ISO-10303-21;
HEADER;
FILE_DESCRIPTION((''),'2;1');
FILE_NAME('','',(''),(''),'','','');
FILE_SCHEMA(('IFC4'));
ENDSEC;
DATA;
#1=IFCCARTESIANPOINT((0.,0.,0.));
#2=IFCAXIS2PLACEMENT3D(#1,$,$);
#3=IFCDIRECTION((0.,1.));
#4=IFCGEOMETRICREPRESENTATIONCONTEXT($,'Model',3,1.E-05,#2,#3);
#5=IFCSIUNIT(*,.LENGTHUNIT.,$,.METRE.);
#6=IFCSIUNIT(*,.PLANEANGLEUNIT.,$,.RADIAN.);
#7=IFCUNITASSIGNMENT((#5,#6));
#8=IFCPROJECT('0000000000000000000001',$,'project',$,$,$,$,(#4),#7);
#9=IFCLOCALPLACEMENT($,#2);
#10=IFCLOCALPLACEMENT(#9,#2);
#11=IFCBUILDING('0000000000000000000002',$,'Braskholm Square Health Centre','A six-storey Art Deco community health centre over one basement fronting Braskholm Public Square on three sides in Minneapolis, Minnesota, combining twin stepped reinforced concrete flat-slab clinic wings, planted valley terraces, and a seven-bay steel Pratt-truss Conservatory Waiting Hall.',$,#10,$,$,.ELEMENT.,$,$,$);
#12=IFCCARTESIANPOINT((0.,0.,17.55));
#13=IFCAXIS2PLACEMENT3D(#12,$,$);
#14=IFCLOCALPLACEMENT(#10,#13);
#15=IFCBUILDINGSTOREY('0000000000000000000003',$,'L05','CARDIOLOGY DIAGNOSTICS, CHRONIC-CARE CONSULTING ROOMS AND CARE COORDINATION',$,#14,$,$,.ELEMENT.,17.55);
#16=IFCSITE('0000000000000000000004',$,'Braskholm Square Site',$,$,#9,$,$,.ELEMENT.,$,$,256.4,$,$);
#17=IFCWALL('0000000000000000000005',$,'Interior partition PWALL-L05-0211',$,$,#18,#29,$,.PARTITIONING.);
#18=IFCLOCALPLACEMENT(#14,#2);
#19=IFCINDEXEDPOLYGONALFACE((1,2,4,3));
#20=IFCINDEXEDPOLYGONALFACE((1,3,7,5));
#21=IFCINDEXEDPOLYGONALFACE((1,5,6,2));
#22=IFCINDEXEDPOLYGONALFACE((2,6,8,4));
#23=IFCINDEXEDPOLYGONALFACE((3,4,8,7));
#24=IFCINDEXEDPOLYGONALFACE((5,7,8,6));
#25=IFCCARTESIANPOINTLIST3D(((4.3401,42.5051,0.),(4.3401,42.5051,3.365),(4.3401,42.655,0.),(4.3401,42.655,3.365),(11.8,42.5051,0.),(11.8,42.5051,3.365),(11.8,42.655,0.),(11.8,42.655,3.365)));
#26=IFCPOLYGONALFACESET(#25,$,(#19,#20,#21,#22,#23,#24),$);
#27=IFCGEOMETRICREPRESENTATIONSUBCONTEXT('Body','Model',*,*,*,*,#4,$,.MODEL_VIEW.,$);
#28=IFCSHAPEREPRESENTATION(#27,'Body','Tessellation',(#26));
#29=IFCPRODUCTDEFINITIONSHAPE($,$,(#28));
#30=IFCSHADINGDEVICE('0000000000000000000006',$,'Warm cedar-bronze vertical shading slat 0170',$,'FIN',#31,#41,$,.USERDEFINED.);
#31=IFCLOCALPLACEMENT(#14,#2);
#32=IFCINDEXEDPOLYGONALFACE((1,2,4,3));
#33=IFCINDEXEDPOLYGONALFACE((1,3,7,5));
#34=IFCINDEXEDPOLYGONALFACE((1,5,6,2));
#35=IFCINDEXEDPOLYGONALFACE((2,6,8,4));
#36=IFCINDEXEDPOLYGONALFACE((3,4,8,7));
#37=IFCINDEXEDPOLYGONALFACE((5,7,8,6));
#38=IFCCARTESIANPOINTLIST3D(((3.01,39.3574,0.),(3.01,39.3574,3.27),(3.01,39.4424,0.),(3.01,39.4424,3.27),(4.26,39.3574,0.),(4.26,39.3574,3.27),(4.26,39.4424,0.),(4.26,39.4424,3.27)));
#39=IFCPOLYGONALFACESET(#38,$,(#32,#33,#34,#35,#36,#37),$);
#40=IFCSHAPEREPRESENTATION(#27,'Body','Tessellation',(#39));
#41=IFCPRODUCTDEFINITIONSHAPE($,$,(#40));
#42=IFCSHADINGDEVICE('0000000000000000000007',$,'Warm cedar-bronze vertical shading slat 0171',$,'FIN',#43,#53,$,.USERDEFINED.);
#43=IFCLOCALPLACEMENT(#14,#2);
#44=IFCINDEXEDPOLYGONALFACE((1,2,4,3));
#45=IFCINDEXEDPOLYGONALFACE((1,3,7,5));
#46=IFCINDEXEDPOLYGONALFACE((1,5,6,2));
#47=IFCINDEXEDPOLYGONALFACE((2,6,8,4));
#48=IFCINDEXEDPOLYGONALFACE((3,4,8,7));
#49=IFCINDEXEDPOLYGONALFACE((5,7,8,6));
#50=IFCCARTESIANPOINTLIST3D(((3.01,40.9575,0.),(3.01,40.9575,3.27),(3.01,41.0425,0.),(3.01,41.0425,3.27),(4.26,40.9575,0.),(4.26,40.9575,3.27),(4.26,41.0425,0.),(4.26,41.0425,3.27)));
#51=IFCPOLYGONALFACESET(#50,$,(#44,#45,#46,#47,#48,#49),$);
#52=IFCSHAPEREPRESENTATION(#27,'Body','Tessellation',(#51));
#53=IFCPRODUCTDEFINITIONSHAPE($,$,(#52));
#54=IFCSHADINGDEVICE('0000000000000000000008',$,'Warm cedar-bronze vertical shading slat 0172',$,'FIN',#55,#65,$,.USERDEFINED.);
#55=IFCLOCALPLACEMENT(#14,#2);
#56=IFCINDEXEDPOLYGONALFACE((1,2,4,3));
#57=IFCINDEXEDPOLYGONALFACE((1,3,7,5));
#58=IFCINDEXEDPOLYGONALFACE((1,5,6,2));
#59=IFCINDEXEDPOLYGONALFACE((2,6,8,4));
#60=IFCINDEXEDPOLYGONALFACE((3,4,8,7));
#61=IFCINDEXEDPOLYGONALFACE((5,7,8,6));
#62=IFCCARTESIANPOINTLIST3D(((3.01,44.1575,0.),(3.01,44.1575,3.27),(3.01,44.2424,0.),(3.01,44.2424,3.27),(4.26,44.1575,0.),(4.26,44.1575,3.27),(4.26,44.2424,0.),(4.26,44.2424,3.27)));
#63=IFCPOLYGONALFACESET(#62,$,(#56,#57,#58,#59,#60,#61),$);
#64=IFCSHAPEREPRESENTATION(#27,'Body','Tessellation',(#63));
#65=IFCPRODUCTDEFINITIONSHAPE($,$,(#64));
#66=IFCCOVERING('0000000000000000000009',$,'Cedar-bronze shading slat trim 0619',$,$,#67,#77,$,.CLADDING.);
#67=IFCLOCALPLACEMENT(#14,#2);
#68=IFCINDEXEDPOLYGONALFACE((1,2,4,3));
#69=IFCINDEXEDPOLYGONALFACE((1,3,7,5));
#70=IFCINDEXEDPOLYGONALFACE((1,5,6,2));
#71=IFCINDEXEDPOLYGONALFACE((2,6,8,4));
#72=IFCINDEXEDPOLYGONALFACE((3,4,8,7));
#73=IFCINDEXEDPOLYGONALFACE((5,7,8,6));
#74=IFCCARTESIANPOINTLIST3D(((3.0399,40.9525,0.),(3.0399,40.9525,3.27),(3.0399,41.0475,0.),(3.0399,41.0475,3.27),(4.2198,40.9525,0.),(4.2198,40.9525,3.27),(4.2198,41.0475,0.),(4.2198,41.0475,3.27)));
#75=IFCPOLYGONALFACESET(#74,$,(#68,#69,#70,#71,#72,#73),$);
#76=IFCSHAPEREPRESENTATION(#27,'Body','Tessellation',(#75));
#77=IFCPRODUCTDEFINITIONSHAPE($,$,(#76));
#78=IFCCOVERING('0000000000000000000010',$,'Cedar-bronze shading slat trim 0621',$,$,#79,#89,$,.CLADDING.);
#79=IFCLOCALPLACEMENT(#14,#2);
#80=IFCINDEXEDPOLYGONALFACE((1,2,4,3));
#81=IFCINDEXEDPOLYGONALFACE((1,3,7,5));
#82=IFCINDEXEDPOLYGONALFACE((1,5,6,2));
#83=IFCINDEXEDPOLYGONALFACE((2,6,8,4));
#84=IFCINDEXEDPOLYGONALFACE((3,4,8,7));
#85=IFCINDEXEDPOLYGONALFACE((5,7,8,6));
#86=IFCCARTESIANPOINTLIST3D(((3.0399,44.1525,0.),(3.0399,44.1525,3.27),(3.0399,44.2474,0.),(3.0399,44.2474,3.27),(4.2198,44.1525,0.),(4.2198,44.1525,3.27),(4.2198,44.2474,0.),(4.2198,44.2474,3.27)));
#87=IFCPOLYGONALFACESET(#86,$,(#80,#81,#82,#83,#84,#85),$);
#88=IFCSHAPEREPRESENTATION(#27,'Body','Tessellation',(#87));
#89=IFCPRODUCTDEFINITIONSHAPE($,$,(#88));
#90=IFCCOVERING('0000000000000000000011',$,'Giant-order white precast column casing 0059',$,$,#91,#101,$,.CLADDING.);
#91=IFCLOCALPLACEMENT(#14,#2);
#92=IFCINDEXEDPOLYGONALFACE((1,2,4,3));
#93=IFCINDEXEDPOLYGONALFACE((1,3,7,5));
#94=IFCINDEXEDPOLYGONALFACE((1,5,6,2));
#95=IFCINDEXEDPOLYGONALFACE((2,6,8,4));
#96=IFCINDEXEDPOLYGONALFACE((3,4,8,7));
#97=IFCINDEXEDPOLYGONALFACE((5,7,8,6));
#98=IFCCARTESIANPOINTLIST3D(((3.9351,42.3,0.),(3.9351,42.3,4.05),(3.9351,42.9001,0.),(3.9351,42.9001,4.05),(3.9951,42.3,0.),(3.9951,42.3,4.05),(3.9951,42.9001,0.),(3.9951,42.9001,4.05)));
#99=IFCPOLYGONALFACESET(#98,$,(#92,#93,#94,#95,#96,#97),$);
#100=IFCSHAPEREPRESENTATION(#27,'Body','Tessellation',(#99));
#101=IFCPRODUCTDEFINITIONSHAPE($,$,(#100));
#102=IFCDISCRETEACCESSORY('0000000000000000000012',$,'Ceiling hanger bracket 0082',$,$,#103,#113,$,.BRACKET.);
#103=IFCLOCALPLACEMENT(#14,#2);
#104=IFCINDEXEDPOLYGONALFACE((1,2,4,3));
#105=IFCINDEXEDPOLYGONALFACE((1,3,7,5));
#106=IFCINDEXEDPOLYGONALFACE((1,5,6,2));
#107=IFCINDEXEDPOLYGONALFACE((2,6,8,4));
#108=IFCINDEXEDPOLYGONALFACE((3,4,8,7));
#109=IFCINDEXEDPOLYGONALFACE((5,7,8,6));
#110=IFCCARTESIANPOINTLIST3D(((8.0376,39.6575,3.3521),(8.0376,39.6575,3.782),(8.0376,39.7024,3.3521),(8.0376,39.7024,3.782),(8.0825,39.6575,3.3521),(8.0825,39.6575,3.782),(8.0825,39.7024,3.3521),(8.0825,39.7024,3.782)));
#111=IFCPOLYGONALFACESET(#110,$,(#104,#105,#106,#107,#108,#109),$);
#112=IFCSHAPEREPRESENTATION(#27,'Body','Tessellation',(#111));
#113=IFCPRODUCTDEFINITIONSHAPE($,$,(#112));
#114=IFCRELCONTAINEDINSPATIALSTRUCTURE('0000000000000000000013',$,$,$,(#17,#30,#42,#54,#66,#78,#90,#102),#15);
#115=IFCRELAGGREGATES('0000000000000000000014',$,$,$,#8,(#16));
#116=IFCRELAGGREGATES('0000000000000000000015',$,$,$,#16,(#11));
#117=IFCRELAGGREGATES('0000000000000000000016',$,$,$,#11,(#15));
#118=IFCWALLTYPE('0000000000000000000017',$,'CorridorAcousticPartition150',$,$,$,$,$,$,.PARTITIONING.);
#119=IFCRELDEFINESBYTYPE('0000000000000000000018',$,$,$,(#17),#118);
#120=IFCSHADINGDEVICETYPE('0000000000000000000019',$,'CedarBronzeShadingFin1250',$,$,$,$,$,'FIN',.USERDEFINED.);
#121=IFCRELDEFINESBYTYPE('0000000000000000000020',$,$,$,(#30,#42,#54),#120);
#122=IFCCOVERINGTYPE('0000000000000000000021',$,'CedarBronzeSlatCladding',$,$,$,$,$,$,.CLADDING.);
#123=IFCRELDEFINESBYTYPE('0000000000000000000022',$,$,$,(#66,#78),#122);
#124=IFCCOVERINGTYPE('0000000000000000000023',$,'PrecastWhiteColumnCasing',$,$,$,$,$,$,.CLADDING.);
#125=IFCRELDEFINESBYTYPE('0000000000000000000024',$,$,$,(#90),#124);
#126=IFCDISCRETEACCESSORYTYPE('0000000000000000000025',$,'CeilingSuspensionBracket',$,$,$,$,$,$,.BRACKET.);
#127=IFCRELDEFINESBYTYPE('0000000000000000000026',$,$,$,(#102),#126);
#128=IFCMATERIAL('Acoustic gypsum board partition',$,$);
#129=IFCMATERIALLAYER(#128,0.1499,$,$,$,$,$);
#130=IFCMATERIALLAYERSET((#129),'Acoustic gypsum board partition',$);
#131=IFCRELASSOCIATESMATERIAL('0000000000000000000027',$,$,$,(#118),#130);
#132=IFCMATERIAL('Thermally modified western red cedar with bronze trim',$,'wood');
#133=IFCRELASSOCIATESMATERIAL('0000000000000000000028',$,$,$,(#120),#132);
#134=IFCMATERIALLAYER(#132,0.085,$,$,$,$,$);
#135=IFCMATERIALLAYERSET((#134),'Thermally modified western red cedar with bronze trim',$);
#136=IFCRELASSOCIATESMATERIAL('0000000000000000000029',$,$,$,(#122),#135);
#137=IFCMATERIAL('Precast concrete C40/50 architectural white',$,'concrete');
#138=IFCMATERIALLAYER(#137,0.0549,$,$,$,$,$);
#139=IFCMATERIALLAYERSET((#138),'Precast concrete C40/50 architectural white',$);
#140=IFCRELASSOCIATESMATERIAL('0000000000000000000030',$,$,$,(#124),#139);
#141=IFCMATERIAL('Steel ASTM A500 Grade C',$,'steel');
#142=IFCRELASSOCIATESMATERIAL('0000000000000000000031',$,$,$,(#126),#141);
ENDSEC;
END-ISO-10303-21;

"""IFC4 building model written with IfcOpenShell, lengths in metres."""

from ifc_helpers import new_model, si_unit, direction, frame, frame_2d, origin, origin_2d, place, context, subcontext, project, spatial, rectangle, extrude, material, layer, layer_set, type_object, element, save


model = new_model("IFC4")

# Units and contexts
model_context = context("Model", 3, precision=1e-05, world=origin(), true_north=direction((0.0, 1.0)))
body_context = subcontext(model_context, "Body", "Model", "MODEL_VIEW")
ifc_project = project(units=[si_unit("LENGTHUNIT", "METRE"), si_unit("PLANEANGLEUNIT", "RADIAN")], contexts=[model_context])

# Site, building, storey
site_placement = place(None, origin())
site = spatial("IfcSite", under=ifc_project, at=site_placement, Name="Braskholm Square Site", CompositionType="ELEMENT", RefElevation=256.4)
building_placement = place(site_placement, origin())
building = spatial("IfcBuilding", under=site, at=building_placement, Name="Braskholm Square Health Centre", Description="A six-storey Art Deco community health centre over one basement fronting Braskholm Public Square on three sides in Minneapolis, Minnesota, combining twin stepped reinforced concrete flat-slab clinic wings, planted valley terraces, and a seven-bay steel Pratt-truss Conservatory Waiting Hall.", CompositionType="ELEMENT")
storey_placement = place(building_placement, frame((0.0, 0.0, 17.55)))
storey = spatial("IfcBuildingStorey", under=building, at=storey_placement, Name="L05", Description="CARDIOLOGY DIAGNOSTICS, CHRONIC-CARE CONSULTING ROOMS AND CARE COORDINATION", CompositionType="ELEMENT", Elevation=17.55)

# Shared definitions
ifc_material_1 = material(Name="Precast concrete C40/50 architectural white", Category="concrete")

# Wall
ifc_material_2 = material(Name="Acoustic gypsum board partition")
ifc_layer_1 = layer(ifc_material_2, 0.1499)
ifc_layer_set_1 = layer_set([ifc_layer_1], Name="Acoustic gypsum board partition")
wall_type = type_object("IfcWallType", Name="CorridorAcousticPartition150", PredefinedType="PARTITIONING", material=ifc_layer_set_1)
wall_placement = place(storey_placement, frame((4.3401, 42.5801, 0.0), z_axis=(0.0, 0.0, 1.0), x_axis=(1.0, 0.0, 0.0)))
element("IfcWall", 1, at=wall_placement, inside=storey, type_object=wall_type, Name="Interior partition PWALL-L05-0211", PredefinedType="PARTITIONING", context=body_context, shape_type="SweptSolid", body=[
    extrude(rectangle(XDim=7.46, YDim=0.1499, at=frame_2d((3.73, 0.0))), origin(), (0.0, 0.0, 1.0), 3.365),
])

# Shading devices
ifc_material_3 = material(Name="Thermally modified western red cedar with bronze trim", Category="wood")
shading_device_type = type_object("IfcShadingDeviceType", Name="CedarBronzeShadingFin1250", ElementType="FIN", PredefinedType="USERDEFINED", material=ifc_material_3)
for number, where, z_axis, x_axis, name in (
    (2, (3.635, 39.3999, 0.0), (0.0, 0.0, 1.0), (1.0, 0.0, 0.0), "Warm cedar-bronze vertical shading slat 0170"),
    (3, (3.635, 41.0, 0.0), (0.0, 0.0, 1.0), (1.0, 0.0, 0.0), "Warm cedar-bronze vertical shading slat 0171"),
    (4, (3.635, 44.2, 0.0), (0.0, 0.0, 1.0), (1.0, 0.0, 0.0), "Warm cedar-bronze vertical shading slat 0172"),
):
    element("IfcShadingDevice", number, at=place(storey_placement, frame(where, z_axis=z_axis, x_axis=x_axis)), inside=storey, type_object=shading_device_type, Name=name, ObjectType="FIN", PredefinedType="USERDEFINED", context=body_context, shape_type="SweptSolid", body=[
        extrude(rectangle(XDim=1.25, YDim=0.085, at=origin_2d()), origin(), (0.0, 0.0, 1.0), 3.27),
    ])

# Coverings
ifc_layer_2 = layer(ifc_material_3, 0.085)
ifc_layer_set_2 = layer_set([ifc_layer_2], Name="Thermally modified western red cedar with bronze trim")
covering_type_1 = type_object("IfcCoveringType", Name="CedarBronzeSlatCladding", PredefinedType="CLADDING", material=ifc_layer_set_2)
for number, where, z_axis, x_axis, name in (
    (5, (3.6299, 41.0, 0.0), (0.0, 0.0, 1.0), (1.0, 0.0, 0.0), "Cedar-bronze shading slat trim 0619"),
    (6, (3.6299, 44.2, 0.0), (0.0, 0.0, 1.0), (1.0, 0.0, 0.0), "Cedar-bronze shading slat trim 0621"),
):
    element("IfcCovering", number, at=place(storey_placement, frame(where, z_axis=z_axis, x_axis=x_axis)), inside=storey, type_object=covering_type_1, Name=name, PredefinedType="CLADDING", context=body_context, shape_type="SweptSolid", body=[
        extrude(rectangle(XDim=1.1799, YDim=0.095, at=origin_2d()), origin(), (0.0, 0.0, 1.0), 3.27),
    ])
ifc_layer_3 = layer(ifc_material_1, 0.0549)
ifc_layer_set_3 = layer_set([ifc_layer_3], Name="Precast concrete C40/50 architectural white")
covering_type_2 = type_object("IfcCoveringType", Name="PrecastWhiteColumnCasing", PredefinedType="CLADDING", material=ifc_layer_set_3)
covering_placement = place(storey_placement, frame((3.9651, 42.6001, 0.0), z_axis=(0.0, 0.0, 1.0), x_axis=(1.0, 0.0, 0.0)))
element("IfcCovering", 7, at=covering_placement, inside=storey, type_object=covering_type_2, Name="Giant-order white precast column casing 0059", PredefinedType="CLADDING", context=body_context, shape_type="SweptSolid", body=[
    extrude(rectangle(XDim=0.0601, YDim=0.6001, at=origin_2d()), origin(), (0.0, 0.0, 1.0), 4.05),
])

# Discrete accessory
ifc_material_4 = material(Name="Steel ASTM A500 Grade C", Category="steel")
discrete_accessory_type = type_object("IfcDiscreteAccessoryType", Name="CeilingSuspensionBracket", PredefinedType="BRACKET", material=ifc_material_4)
discrete_accessory_placement = place(storey_placement, frame((8.0601, 39.6799, 3.3521), z_axis=(0.0, 0.0, 1.0), x_axis=(1.0, 0.0, 0.0)))
element("IfcDiscreteAccessory", 8, at=discrete_accessory_placement, inside=storey, type_object=discrete_accessory_type, Name="Ceiling hanger bracket 0082", PredefinedType="BRACKET", context=body_context, shape_type="SweptSolid", body=[
    extrude(rectangle(XDim=0.0449, YDim=0.0449, at=origin_2d()), origin(), (0.0, 0.0, 1.0), 0.4299),
])

save(model, "model.ifc")
